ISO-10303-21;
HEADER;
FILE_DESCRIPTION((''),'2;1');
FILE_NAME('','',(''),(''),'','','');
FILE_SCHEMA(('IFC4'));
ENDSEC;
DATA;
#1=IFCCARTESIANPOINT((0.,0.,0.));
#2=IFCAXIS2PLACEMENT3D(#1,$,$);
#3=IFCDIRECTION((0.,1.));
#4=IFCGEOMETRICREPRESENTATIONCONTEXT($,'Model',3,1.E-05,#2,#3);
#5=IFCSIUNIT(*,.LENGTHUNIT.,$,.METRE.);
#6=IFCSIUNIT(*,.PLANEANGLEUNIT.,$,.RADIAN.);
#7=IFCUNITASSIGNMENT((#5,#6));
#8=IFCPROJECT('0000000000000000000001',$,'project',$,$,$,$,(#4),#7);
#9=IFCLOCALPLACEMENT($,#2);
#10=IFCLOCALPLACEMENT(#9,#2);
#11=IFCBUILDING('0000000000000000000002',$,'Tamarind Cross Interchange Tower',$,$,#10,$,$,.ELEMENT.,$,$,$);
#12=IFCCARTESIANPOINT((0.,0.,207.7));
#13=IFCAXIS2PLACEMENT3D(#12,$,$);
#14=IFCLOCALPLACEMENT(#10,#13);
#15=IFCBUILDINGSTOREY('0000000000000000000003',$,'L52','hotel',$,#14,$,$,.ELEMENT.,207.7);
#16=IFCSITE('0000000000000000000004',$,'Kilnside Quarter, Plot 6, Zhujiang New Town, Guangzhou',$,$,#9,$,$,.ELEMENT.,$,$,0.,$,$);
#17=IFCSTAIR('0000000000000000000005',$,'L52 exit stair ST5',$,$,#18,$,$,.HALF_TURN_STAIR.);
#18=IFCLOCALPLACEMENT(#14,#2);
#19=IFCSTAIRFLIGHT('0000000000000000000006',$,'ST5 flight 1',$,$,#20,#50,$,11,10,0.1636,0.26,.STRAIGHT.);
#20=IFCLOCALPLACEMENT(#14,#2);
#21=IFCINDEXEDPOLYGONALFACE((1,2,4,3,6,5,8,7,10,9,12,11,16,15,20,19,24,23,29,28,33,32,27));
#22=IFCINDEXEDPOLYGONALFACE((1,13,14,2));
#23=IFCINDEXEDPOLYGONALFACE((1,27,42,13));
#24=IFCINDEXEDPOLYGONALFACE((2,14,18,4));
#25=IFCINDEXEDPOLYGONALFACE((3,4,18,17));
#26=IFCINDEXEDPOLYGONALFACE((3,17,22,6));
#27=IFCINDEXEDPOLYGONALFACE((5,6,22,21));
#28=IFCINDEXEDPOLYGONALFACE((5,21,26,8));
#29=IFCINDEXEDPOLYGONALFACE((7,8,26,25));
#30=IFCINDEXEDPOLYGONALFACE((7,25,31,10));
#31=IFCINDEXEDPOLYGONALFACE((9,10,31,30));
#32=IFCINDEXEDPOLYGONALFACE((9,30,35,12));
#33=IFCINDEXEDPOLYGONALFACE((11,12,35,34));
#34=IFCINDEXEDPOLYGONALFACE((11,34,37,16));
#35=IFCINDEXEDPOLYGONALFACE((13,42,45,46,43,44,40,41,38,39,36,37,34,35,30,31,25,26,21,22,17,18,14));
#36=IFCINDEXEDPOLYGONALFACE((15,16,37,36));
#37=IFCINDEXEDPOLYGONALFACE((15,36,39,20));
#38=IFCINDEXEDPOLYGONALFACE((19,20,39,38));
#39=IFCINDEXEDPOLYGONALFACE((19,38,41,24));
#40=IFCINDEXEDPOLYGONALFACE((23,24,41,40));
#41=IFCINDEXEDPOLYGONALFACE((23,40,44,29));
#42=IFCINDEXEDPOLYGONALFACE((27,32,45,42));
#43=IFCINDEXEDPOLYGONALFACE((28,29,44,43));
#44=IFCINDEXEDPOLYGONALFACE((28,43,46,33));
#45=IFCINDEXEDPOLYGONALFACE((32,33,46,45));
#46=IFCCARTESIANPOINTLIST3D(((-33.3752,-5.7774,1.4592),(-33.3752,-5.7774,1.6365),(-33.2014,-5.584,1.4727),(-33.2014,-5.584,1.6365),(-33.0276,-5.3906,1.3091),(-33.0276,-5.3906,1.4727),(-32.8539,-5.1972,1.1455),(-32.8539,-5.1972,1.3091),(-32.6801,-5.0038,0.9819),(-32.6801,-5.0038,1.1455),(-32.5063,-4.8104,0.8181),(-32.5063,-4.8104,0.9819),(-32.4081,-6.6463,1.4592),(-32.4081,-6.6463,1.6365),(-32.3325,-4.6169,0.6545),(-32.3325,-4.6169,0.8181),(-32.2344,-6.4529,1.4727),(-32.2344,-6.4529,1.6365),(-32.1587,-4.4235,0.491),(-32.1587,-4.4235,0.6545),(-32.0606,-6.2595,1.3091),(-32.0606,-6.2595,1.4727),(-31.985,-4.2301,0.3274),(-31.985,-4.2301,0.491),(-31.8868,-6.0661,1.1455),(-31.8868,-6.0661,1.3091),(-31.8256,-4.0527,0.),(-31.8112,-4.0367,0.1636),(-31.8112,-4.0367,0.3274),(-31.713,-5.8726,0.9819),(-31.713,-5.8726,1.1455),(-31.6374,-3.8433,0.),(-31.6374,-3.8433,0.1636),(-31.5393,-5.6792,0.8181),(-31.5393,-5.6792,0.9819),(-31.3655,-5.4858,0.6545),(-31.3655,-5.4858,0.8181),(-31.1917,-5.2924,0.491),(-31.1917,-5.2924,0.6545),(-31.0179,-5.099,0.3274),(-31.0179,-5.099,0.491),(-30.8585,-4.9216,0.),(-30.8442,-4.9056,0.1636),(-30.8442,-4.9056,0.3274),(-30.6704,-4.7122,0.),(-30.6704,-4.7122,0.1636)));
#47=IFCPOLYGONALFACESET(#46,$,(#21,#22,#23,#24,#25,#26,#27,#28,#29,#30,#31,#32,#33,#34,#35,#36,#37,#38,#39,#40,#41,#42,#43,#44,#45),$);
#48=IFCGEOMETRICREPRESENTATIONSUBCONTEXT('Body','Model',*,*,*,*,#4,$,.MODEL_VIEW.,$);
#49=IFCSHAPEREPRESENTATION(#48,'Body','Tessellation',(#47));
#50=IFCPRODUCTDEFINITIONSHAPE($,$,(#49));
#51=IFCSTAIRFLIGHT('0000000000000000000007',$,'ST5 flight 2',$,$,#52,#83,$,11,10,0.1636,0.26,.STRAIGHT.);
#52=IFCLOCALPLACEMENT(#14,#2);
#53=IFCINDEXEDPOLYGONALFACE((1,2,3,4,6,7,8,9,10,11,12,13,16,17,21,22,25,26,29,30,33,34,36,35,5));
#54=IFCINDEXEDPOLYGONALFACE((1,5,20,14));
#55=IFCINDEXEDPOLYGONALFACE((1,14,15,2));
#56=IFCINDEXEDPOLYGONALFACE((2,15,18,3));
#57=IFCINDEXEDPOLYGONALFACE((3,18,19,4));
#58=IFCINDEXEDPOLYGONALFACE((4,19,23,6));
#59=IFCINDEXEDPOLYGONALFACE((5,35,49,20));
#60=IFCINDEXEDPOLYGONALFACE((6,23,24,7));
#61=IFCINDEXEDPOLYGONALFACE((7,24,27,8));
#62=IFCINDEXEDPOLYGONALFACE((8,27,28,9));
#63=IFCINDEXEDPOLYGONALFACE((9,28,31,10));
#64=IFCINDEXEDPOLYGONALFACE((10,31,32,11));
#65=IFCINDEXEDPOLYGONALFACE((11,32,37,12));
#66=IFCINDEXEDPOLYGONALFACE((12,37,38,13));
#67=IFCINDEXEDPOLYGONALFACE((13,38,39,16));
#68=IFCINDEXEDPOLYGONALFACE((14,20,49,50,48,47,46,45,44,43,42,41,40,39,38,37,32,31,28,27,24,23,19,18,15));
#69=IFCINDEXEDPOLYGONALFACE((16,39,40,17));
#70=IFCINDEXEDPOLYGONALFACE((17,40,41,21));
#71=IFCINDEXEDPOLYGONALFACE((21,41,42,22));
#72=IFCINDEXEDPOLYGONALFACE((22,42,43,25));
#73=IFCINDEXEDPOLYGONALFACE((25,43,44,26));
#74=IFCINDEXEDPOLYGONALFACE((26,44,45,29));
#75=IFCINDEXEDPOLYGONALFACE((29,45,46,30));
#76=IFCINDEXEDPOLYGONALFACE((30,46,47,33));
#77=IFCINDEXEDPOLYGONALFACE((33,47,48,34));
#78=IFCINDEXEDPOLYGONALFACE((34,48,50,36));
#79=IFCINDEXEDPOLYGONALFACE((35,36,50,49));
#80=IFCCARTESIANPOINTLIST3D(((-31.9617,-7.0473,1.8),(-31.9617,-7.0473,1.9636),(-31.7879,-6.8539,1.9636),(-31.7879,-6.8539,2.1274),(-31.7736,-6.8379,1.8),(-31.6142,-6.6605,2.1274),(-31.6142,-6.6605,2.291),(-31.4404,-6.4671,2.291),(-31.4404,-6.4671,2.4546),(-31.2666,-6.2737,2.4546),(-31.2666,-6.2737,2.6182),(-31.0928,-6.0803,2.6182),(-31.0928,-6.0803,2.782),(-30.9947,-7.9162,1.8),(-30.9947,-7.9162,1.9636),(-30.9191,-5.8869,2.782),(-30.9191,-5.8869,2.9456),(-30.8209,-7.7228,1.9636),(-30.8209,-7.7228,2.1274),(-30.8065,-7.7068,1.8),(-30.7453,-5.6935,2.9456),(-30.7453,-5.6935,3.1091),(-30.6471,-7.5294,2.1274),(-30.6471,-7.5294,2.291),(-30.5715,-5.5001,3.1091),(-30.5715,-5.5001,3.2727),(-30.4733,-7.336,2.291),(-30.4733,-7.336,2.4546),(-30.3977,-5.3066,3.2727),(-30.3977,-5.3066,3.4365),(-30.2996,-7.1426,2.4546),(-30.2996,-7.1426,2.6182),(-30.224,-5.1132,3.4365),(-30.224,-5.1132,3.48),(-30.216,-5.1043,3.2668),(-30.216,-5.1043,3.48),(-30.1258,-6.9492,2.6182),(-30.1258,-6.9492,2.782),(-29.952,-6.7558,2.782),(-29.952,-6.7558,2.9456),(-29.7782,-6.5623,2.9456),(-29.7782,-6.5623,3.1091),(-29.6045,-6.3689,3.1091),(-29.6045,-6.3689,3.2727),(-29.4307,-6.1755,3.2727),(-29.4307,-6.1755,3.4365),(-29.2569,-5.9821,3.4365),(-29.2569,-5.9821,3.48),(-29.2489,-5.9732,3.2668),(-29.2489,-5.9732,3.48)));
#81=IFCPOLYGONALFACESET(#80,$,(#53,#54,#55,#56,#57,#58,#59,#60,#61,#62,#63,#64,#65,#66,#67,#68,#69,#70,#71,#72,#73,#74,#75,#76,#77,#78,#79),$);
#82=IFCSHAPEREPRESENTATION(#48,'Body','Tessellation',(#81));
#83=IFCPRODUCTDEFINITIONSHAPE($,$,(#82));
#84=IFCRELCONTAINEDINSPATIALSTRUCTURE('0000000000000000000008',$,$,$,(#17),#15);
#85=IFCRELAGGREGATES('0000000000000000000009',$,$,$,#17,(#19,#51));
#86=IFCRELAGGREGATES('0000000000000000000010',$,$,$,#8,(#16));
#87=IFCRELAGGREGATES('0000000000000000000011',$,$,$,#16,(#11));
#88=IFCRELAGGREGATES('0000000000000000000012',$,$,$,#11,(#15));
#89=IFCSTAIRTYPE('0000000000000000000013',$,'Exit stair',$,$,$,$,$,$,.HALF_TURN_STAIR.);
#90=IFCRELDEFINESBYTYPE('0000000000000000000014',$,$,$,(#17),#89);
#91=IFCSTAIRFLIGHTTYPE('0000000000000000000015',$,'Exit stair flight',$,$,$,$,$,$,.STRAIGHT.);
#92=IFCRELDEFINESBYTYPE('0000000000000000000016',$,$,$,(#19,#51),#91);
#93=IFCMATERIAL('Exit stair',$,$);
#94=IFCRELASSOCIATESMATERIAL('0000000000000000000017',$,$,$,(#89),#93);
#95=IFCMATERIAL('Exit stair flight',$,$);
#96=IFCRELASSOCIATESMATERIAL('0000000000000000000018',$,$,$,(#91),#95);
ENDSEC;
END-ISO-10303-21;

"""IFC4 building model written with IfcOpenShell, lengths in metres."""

from ifc_helpers import new_model, si_unit, direction, frame, origin, place, context, subcontext, project, spatial, polyline, outline, extrude, material, type_object, element, aggregate, save


model = new_model("IFC4")

# Units and contexts
model_context = context("Model", 3, precision=1e-05, world=origin(), true_north=direction((0.0, 1.0)))
body_context = subcontext(model_context, "Body", "Model", "MODEL_VIEW")
ifc_project = project(units=[si_unit("LENGTHUNIT", "METRE"), si_unit("PLANEANGLEUNIT", "RADIAN")], contexts=[model_context])

# Site, building, storey
site_placement = place(None, origin())
site = spatial("IfcSite", under=ifc_project, at=site_placement, Name="Kilnside Quarter, Plot 6, Zhujiang New Town, Guangzhou", CompositionType="ELEMENT", RefElevation=0.0)
building_placement = place(site_placement, origin())
building = spatial("IfcBuilding", under=site, at=building_placement, Name="Tamarind Cross Interchange Tower", CompositionType="ELEMENT")
storey_placement = place(building_placement, frame((0.0, 0.0, 207.7)))
storey = spatial("IfcBuildingStorey", under=building, at=storey_placement, Name="L52", Description="hotel", CompositionType="ELEMENT", Elevation=207.7)

# Stair, stair flights
ifc_material_1 = material(Name="Exit stair")
stair_type = type_object("IfcStairType", Name="Exit stair", PredefinedType="HALF_TURN_STAIR", material=ifc_material_1)
stair_placement = place(storey_placement, origin())
stair = element("IfcStair", 1, at=stair_placement, inside=storey, type_object=stair_type, Name="L52 exit stair ST5", PredefinedType="HALF_TURN_STAIR")
ifc_material_2 = material(Name="Exit stair flight")
stair_flight_type = type_object("IfcStairFlightType", Name="Exit stair flight", PredefinedType="STRAIGHT", material=ifc_material_2)
stair_flight_1_placement = place(storey_placement, frame((-31.1538, -4.2778, 0.0), z_axis=(0.0, 0.0, 1.0), x_axis=(-0.668342, -0.743854, 0.0)))
stair_flight_1 = element("IfcStairFlight", 2, at=stair_flight_1_placement, type_object=stair_flight_type, Name="ST5 flight 1", NumberOfRisers=11, NumberOfTreads=10, PredefinedType="STRAIGHT", RiserHeight=0.1636, TreadLength=0.26, context=body_context, shape_type="SweptSolid", body=[
    extrude(outline(polyline([(0.0, 0.0), (0.0, 0.1636), (0.26, 0.1636), (0.26, 0.3274), (0.52, 0.3274), (0.52, 0.491), (0.78, 0.491), (0.78, 0.6545), (1.04, 0.6545), (1.04, 0.8181), (1.3, 0.8181), (1.3, 0.9819), (1.5601, 0.9819), (1.5601, 1.1455), (1.8201, 1.1455), (1.8201, 1.3091), (2.0801, 1.3091), (2.0801, 1.4727), (2.3401, 1.4727), (2.3401, 1.6365), (2.6001, 1.6365), (2.6001, 1.8), (2.6001, 1.4592), (0.2815, 0.0), (0.0, 0.0)])), frame((0.0, 0.6499, 0.0), z_axis=(0.0, -1.0, 0.0), x_axis=(1.0, 0.0, 0.0)), (0.0, 0.0, 1.0), 1.3),
])
stair_flight_2_placement = place(storey_placement, frame((-31.4783, -7.4817, 1.8), z_axis=(0.0, 0.0, 1.0), x_axis=(0.668342, 0.743854, 0.0)))
stair_flight_2 = element("IfcStairFlight", 3, at=stair_flight_2_placement, type_object=stair_flight_type, Name="ST5 flight 2", NumberOfRisers=11, NumberOfTreads=10, PredefinedType="STRAIGHT", RiserHeight=0.1636, TreadLength=0.26, context=body_context, shape_type="SweptSolid", body=[
    extrude(outline(polyline([(0.0, 0.0), (0.0, 0.1636), (0.26, 0.1636), (0.26, 0.3274), (0.52, 0.3274), (0.52, 0.491), (0.78, 0.491), (0.78, 0.6545), (1.04, 0.6545), (1.04, 0.8181), (1.3, 0.8181), (1.3, 0.9819), (1.5601, 0.9819), (1.5601, 1.1455), (1.8201, 1.1455), (1.8201, 1.3091), (2.0801, 1.3091), (2.0801, 1.4727), (2.3401, 1.4727), (2.3401, 1.6365), (2.6001, 1.6365), (2.6001, 1.6799), (2.6121, 1.6799), (2.6121, 1.4668), (0.2815, 0.0), (0.0, 0.0)])), frame((0.0, 0.6499, 0.0), z_axis=(0.0, -1.0, 0.0), x_axis=(1.0, 0.0, 0.0)), (0.0, 0.0, 1.0), 1.3),
])
aggregate(stair, [stair_flight_1, stair_flight_2])

save(model, "model.ifc")
